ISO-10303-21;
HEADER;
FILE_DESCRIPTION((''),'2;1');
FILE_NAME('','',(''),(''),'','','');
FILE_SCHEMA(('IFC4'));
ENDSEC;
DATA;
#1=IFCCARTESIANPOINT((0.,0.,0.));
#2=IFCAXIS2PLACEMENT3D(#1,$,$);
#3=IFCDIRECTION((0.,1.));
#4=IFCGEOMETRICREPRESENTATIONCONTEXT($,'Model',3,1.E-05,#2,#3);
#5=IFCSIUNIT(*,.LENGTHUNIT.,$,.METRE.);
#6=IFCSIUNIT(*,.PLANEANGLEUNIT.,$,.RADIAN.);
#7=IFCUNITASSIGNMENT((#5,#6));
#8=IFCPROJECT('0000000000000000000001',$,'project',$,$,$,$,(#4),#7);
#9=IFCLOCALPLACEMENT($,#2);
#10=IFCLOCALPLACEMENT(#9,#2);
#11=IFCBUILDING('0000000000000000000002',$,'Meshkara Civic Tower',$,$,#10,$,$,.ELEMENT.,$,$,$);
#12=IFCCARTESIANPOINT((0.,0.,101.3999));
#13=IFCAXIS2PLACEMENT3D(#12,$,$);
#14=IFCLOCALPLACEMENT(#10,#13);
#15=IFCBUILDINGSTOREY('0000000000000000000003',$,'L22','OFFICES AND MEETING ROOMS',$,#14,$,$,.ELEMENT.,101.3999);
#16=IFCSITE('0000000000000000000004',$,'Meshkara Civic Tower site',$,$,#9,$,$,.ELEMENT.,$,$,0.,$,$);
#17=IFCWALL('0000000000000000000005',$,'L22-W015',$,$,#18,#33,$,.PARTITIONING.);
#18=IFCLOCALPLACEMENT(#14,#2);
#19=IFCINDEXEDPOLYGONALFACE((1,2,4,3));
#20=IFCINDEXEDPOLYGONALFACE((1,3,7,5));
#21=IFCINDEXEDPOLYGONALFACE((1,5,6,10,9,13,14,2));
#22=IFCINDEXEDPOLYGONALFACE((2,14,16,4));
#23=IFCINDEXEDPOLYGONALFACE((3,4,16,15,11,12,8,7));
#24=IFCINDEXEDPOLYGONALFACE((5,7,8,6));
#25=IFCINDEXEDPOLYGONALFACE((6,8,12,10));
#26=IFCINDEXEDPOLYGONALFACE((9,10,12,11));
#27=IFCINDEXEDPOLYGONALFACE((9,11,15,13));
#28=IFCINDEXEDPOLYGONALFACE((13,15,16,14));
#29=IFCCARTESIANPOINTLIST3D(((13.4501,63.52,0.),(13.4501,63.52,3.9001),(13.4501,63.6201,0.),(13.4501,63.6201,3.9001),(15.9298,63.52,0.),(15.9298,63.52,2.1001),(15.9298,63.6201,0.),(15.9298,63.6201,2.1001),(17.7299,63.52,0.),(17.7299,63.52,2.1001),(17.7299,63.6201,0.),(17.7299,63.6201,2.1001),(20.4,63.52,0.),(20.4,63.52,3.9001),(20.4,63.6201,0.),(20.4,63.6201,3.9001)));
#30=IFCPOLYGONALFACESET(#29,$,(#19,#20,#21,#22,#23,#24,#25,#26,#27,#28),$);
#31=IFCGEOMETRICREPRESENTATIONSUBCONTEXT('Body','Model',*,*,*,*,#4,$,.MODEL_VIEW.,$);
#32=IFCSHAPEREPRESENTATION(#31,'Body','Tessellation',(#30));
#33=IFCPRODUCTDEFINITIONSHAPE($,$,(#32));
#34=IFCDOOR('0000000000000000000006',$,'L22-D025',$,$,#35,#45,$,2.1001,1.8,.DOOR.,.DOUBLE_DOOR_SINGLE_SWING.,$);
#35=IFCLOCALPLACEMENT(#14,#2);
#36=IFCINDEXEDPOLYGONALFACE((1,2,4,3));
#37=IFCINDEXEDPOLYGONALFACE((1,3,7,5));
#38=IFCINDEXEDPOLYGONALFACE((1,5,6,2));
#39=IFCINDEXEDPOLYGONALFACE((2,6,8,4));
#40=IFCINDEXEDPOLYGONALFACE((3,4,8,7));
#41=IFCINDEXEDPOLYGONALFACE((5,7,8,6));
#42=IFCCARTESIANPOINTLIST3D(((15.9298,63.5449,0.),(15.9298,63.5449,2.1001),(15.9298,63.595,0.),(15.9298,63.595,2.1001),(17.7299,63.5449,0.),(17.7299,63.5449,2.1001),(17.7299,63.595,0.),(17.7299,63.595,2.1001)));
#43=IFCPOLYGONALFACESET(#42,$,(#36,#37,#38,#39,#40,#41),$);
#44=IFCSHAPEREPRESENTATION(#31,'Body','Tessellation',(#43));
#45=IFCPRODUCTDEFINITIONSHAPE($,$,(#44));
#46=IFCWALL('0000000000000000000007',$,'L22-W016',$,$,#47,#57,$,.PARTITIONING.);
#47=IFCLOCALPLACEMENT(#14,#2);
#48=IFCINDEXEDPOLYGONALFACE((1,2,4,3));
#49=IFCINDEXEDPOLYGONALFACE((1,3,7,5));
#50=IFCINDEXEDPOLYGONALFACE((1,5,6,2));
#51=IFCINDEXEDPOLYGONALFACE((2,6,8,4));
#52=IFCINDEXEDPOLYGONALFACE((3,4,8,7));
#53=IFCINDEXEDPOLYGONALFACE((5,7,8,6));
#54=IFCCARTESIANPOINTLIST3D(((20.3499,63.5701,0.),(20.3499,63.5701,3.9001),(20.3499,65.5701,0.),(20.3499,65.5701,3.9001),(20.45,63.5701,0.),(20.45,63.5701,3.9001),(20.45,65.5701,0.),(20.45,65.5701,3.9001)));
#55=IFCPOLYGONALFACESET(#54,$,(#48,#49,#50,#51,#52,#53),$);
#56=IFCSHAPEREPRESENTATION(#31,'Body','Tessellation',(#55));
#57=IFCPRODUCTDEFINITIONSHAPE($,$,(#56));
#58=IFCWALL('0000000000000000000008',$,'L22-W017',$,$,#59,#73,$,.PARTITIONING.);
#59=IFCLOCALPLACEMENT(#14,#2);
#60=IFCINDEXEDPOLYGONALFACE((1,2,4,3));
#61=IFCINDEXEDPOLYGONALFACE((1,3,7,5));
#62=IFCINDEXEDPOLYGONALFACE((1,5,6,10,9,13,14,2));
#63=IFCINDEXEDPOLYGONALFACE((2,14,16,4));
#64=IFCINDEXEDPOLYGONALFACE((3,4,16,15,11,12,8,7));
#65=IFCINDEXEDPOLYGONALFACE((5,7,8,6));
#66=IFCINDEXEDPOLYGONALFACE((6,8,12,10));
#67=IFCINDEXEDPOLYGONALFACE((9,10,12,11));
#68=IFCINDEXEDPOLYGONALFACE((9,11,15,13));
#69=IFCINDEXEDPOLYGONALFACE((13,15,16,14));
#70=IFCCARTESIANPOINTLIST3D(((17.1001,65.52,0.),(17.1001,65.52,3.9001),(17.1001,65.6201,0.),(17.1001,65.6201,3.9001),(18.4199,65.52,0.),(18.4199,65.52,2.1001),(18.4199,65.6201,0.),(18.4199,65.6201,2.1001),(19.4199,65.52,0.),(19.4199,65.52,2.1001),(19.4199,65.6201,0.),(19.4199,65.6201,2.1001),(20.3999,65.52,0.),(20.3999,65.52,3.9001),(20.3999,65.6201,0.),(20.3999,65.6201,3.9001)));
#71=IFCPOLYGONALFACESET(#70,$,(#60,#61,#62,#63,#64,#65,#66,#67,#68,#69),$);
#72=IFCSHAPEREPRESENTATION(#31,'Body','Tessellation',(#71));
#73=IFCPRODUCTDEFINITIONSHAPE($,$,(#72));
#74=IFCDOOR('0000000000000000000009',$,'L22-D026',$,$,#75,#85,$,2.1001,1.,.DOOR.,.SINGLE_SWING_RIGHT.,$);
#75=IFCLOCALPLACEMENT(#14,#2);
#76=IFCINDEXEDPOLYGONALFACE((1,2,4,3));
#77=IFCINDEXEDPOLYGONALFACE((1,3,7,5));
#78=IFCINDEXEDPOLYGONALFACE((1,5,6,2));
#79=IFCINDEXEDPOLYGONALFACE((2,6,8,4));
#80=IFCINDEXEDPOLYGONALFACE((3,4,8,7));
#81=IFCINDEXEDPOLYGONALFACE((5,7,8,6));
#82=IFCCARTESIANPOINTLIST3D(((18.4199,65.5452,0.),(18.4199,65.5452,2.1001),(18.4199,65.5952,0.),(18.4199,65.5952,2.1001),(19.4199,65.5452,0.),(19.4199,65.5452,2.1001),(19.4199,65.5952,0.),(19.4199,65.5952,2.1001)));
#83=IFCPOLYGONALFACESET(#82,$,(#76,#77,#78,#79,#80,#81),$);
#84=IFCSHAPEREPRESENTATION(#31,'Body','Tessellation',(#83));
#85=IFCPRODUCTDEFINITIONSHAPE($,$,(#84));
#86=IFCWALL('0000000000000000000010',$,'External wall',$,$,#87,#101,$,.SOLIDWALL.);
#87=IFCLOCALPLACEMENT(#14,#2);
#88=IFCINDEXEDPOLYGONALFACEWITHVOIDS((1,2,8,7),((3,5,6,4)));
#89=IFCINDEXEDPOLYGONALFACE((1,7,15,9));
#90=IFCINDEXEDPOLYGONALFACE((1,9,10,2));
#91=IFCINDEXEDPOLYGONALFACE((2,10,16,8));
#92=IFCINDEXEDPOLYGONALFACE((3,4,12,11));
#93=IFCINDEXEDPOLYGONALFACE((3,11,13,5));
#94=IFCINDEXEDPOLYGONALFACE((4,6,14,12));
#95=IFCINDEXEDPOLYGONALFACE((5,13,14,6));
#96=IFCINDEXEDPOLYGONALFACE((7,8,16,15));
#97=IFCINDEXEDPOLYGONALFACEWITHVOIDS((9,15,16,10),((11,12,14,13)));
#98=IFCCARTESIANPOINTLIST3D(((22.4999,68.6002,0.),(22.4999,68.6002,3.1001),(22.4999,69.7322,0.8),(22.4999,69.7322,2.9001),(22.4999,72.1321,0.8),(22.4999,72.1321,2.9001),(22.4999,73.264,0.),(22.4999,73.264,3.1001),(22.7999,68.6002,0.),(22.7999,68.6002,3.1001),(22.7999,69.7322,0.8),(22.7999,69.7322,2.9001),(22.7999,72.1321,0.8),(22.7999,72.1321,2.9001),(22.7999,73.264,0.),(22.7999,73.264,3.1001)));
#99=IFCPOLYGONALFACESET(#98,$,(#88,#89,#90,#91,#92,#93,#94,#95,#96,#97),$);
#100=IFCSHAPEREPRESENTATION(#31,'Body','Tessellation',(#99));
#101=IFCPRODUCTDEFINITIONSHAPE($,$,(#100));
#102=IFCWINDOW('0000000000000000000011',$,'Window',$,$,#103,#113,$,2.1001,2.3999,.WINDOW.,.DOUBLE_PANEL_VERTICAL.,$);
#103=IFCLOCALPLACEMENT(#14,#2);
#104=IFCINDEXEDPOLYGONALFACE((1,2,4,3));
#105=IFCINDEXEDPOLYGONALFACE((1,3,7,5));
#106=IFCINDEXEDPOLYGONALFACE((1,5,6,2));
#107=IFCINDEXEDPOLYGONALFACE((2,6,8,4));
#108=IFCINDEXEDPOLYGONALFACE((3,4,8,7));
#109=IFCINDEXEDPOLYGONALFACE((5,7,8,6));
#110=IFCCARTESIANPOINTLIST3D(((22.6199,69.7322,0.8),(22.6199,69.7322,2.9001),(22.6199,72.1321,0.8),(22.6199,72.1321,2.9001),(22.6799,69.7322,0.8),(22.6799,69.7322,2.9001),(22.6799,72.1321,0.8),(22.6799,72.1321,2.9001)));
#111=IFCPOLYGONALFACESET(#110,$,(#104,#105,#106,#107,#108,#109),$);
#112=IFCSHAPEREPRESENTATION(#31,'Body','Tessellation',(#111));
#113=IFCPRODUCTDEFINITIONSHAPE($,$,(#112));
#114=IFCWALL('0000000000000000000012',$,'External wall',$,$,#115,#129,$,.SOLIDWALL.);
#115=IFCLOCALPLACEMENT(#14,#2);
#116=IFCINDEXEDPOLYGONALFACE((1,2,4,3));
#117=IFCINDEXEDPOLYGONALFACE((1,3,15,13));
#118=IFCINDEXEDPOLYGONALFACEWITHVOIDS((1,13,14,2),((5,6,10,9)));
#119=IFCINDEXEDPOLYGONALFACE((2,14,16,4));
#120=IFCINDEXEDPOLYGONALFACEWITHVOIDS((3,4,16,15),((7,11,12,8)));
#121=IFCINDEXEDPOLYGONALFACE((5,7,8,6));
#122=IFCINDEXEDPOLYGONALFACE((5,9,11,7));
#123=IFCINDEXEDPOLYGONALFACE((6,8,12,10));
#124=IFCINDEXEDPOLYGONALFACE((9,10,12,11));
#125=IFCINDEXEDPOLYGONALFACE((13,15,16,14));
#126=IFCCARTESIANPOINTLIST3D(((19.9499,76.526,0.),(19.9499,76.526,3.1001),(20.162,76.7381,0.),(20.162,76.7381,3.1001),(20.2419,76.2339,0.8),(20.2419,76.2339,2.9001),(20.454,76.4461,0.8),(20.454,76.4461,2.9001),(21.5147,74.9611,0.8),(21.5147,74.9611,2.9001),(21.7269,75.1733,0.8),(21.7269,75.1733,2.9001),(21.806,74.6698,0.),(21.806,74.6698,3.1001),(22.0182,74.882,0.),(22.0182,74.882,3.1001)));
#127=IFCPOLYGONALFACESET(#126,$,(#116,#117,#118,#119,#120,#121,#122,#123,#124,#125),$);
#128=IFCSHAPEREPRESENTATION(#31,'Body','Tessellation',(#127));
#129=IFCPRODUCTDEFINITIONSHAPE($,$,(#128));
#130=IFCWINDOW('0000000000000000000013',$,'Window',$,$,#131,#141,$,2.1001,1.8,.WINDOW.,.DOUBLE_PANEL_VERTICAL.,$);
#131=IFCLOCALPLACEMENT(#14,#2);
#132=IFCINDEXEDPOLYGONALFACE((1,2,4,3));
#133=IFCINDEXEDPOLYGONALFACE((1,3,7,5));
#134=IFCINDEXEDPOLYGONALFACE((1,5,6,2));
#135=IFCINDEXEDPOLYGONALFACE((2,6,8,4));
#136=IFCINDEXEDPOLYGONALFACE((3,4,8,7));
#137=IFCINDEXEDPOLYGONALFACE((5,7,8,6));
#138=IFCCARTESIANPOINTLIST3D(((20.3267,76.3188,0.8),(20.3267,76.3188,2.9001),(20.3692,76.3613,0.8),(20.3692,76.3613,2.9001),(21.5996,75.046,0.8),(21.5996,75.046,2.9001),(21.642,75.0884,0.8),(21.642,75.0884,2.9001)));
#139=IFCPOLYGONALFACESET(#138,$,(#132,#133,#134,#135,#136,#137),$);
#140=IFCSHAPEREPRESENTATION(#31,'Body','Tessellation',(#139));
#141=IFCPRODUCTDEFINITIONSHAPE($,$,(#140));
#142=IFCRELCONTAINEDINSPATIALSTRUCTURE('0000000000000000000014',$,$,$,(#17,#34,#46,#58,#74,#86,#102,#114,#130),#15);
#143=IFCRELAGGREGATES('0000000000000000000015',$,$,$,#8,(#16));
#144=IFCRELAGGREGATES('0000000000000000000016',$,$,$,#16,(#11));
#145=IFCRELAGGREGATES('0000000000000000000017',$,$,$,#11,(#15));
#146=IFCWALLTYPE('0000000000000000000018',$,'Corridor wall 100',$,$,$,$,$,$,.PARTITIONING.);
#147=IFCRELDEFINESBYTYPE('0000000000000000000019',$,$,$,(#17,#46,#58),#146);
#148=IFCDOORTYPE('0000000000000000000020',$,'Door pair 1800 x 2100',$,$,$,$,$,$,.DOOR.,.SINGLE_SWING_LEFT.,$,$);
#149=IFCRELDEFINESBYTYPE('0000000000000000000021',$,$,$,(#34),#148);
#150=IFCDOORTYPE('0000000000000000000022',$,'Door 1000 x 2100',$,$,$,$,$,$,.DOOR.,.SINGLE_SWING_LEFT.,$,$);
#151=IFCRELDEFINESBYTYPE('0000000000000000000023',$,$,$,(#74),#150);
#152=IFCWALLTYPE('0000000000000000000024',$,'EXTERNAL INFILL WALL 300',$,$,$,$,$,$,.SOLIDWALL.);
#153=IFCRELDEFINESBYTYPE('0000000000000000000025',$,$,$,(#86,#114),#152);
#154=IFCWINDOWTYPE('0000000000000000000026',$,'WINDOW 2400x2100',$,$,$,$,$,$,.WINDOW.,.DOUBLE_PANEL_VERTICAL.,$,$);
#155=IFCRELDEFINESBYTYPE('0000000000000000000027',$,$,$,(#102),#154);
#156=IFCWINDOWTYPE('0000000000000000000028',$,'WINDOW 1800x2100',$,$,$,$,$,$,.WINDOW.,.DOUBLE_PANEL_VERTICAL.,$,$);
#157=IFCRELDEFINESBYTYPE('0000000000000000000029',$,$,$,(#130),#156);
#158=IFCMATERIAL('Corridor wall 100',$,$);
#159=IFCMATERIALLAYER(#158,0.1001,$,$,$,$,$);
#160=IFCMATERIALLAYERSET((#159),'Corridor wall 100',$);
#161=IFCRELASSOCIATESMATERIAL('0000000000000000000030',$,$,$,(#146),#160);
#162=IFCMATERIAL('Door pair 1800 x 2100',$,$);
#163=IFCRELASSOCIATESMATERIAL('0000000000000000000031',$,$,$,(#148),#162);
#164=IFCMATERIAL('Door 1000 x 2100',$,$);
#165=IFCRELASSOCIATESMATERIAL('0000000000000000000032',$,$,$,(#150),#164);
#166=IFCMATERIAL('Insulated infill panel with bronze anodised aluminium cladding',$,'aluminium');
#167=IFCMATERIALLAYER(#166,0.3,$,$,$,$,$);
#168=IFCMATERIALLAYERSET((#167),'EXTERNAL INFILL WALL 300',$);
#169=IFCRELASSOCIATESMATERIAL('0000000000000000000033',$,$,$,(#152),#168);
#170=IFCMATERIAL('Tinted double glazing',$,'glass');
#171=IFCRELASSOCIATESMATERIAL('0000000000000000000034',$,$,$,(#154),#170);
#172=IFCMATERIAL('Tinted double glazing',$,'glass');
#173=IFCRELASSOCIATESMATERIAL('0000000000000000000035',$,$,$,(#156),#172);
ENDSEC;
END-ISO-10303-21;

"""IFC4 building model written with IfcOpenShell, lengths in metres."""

from ifc_helpers import new_model, si_unit, direction, frame, frame_2d, origin, place, context, subcontext, project, spatial, rectangle, extrude, material, layer, layer_set, type_object, element, fill, save


model = new_model("IFC4")

# Units and contexts
model_context = context("Model", 3, precision=1e-05, world=origin(), true_north=direction((0.0, 1.0)))
body_context = subcontext(model_context, "Body", "Model", "MODEL_VIEW")
ifc_project = project(units=[si_unit("LENGTHUNIT", "METRE"), si_unit("PLANEANGLEUNIT", "RADIAN")], contexts=[model_context])

# Site, building, storey
site_placement = place(None, origin())
site = spatial("IfcSite", under=ifc_project, at=site_placement, Name="Meshkara Civic Tower site", CompositionType="ELEMENT", RefElevation=0.0)
building_placement = place(site_placement, origin())
building = spatial("IfcBuilding", under=site, at=building_placement, Name="Meshkara Civic Tower", CompositionType="ELEMENT")
storey_placement = place(building_placement, frame((0.0, 0.0, 101.3999)))
storey = spatial("IfcBuildingStorey", under=building, at=storey_placement, Name="L22", Description="OFFICES AND MEETING ROOMS", CompositionType="ELEMENT", Elevation=101.3999)

# Shared definitions
ifc_material_1 = material(Name="Corridor wall 100")
ifc_layer_1 = layer(ifc_material_1, 0.1001)
ifc_layer_set_1 = layer_set([ifc_layer_1], Name="Corridor wall 100")
wall_type_1 = type_object("IfcWallType", Name="Corridor wall 100", PredefinedType="PARTITIONING", material=ifc_layer_set_1)
ifc_material_2 = material(Name="Door pair 1800 x 2100")
door_type_1 = type_object("IfcDoorType", Name="Door pair 1800 x 2100", OperationType="SINGLE_SWING_LEFT", PredefinedType="DOOR", material=ifc_material_2)

# Wall, opening, door
wall_1_placement = place(storey_placement, frame((13.45, 63.5701, 0.0), z_axis=(0.0, 0.0, 1.0), x_axis=(1.0, 0.0, 0.0)))
wall_1 = element("IfcWall", 1, at=wall_1_placement, inside=storey, type_object=wall_type_1, Name="L22-W015", PredefinedType="PARTITIONING", context=body_context, shape_type="SweptSolid", body=[
    extrude(rectangle(XDim=6.95, YDim=0.1001, at=frame_2d((3.4751, 0.0))), origin(), (0.0, 0.0, 1.0), 3.9001),
])
opening_1_placement = place(wall_1_placement, frame((2.48, 0.0, 0.0)))
opening_1 = element("IfcOpeningElement", 2, at=opening_1_placement, cuts=wall_1, PredefinedType="OPENING", context=body_context, shape_type="SweptSolid", body=[
    extrude(rectangle(XDim=1.8, YDim=2.1001, at=frame_2d((0.8999, 1.05))), frame((0.0, 0.0601, 0.0), z_axis=(0.0, -1.0, 0.0), x_axis=(1.0, 0.0, 0.0)), (0.0, 0.0, 1.0), 0.1201),
])
door_1_placement = place(opening_1_placement, origin())
door_1 = element("IfcDoor", 3, at=door_1_placement, inside=storey, type_object=door_type_1, Name="L22-D025", OperationType="DOUBLE_DOOR_SINGLE_SWING", OverallHeight=2.1001, OverallWidth=1.8, PredefinedType="DOOR", context=body_context, shape_type="SweptSolid", body=[
    extrude(rectangle(XDim=1.8, YDim=2.1001, at=frame_2d((0.8999, 1.05))), frame((0.0, 0.0249, 0.0), z_axis=(0.0, -1.0, 0.0), x_axis=(1.0, 0.0, 0.0)), (0.0, 0.0, 1.0), 0.05),
])
fill(opening_1, door_1)

# Wall
wall_2_placement = place(storey_placement, frame((20.3999, 63.5701, 0.0), z_axis=(0.0, 0.0, 1.0), x_axis=(0.0, 1.0, 0.0)))
element("IfcWall", 4, at=wall_2_placement, inside=storey, type_object=wall_type_1, Name="L22-W016", PredefinedType="PARTITIONING", context=body_context, shape_type="SweptSolid", body=[
    extrude(rectangle(XDim=2.0, YDim=0.1001, at=frame_2d((1.0, 0.0))), origin(), (0.0, 0.0, 1.0), 3.9001),
])

# Wall, opening, door
wall_3_placement = place(storey_placement, frame((20.3999, 65.5701, 0.0), z_axis=(0.0, 0.0, 1.0), x_axis=(-1.0, 0.0, 0.0)))
wall_3 = element("IfcWall", 5, at=wall_3_placement, inside=storey, type_object=wall_type_1, Name="L22-W017", PredefinedType="PARTITIONING", context=body_context, shape_type="SweptSolid", body=[
    extrude(rectangle(XDim=3.2998, YDim=0.1001, at=frame_2d((1.6499, 0.0))), origin(), (0.0, 0.0, 1.0), 3.9001),
])
opening_2_placement = place(wall_3_placement, frame((0.98, 0.0, 0.0)))
opening_2 = element("IfcOpeningElement", 6, at=opening_2_placement, cuts=wall_3, PredefinedType="OPENING", context=body_context, shape_type="SweptSolid", body=[
    extrude(rectangle(XDim=1.0, YDim=2.1001, at=frame_2d((0.5, 1.05))), frame((0.0, 0.0601, 0.0), z_axis=(0.0, -1.0, 0.0), x_axis=(1.0, 0.0, 0.0)), (0.0, 0.0, 1.0), 0.1201),
])
ifc_material_3 = material(Name="Door 1000 x 2100")
door_type_2 = type_object("IfcDoorType", Name="Door 1000 x 2100", OperationType="SINGLE_SWING_LEFT", PredefinedType="DOOR", material=ifc_material_3)
door_2_placement = place(opening_2_placement, origin())
door_2 = element("IfcDoor", 7, at=door_2_placement, inside=storey, type_object=door_type_2, Name="L22-D026", OperationType="SINGLE_SWING_RIGHT", OverallHeight=2.1001, OverallWidth=1.0, PredefinedType="DOOR", context=body_context, shape_type="SweptSolid", body=[
    extrude(rectangle(XDim=1.0, YDim=2.1001, at=frame_2d((0.5, 1.05))), frame((0.0, 0.0249, 0.0), z_axis=(0.0, -1.0, 0.0), x_axis=(1.0, 0.0, 0.0)), (0.0, 0.0, 1.0), 0.05),
])
fill(opening_2, door_2)

# Walls, openings, windows
ifc_material_4 = material(Name="Insulated infill panel with bronze anodised aluminium cladding", Category="aluminium")
ifc_layer_2 = layer(ifc_material_4, 0.3)
ifc_layer_set_2 = layer_set([ifc_layer_2], Name="EXTERNAL INFILL WALL 300")
wall_type_2 = type_object("IfcWallType", Name="EXTERNAL INFILL WALL 300", PredefinedType="SOLIDWALL", material=ifc_layer_set_2)
wall_4_placement = place(storey_placement, frame((22.6499, 68.6001, 0.0), z_axis=(0.0, 0.0, 1.0), x_axis=(0.0, 1.0, 0.0)))
wall_4 = element("IfcWall", 8, at=wall_4_placement, inside=storey, type_object=wall_type_2, Name="External wall", PredefinedType="SOLIDWALL", context=body_context, shape_type="SweptSolid", body=[
    extrude(rectangle(XDim=4.6638, YDim=0.3, at=frame_2d((2.332, 0.0))), origin(), (0.0, 0.0, 1.0), 3.1001),
])
opening_3_placement = place(wall_4_placement, frame((1.1321, 0.0, 0.8)))
opening_3 = element("IfcOpeningElement", 9, at=opening_3_placement, cuts=wall_4, PredefinedType="OPENING", context=body_context, shape_type="SweptSolid", body=[
    extrude(rectangle(XDim=2.3999, YDim=2.1001, at=frame_2d((1.2, 1.05))), frame((0.0, 0.1599, 0.0), z_axis=(0.0, -1.0, 0.0), x_axis=(1.0, 0.0, 0.0)), (0.0, 0.0, 1.0), 0.3201),
])
ifc_material_5 = material(Name="Tinted double glazing", Category="glass")
window_type_1 = type_object("IfcWindowType", Name="WINDOW 2400x2100", PartitioningType="DOUBLE_PANEL_VERTICAL", PredefinedType="WINDOW", material=ifc_material_5)
window_1_placement = place(opening_3_placement, origin())
window_1 = element("IfcWindow", 10, at=window_1_placement, inside=storey, type_object=window_type_1, Name="Window", OverallHeight=2.1001, OverallWidth=2.3999, PartitioningType="DOUBLE_PANEL_VERTICAL", PredefinedType="WINDOW", context=body_context, shape_type="SweptSolid", body=[
    extrude(rectangle(XDim=2.3999, YDim=2.1001, at=frame_2d((1.2, 1.05))), frame((0.0, 0.03, 0.0), z_axis=(0.0, -1.0, 0.0), x_axis=(1.0, 0.0, 0.0)), (0.0, 0.0, 1.0), 0.0601),
])
fill(opening_3, window_1)
wall_5_placement = place(storey_placement, frame((21.9121, 74.7759, 0.0), z_axis=(0.0, 0.0, 1.0), x_axis=(-0.707107, 0.707107, 0.0)))
wall_5 = element("IfcWall", 11, at=wall_5_placement, inside=storey, type_object=wall_type_2, Name="External wall", PredefinedType="SOLIDWALL", context=body_context, shape_type="SweptSolid", body=[
    extrude(rectangle(XDim=2.625, YDim=0.3, at=frame_2d((1.3125, 0.0))), origin(), (0.0, 0.0, 1.0), 3.1001),
])
opening_4_placement = place(wall_5_placement, frame((0.4121, 0.0, 0.8)))
opening_4 = element("IfcOpeningElement", 12, at=opening_4_placement, cuts=wall_5, PredefinedType="OPENING", context=body_context, shape_type="SweptSolid", body=[
    extrude(rectangle(XDim=1.8, YDim=2.1001, at=frame_2d((0.8999, 1.05))), frame((0.0, 0.1599, 0.0), z_axis=(0.0, -1.0, 0.0), x_axis=(1.0, 0.0, 0.0)), (0.0, 0.0, 1.0), 0.3201),
])
ifc_material_6 = material(Name="Tinted double glazing", Category="glass")
window_type_2 = type_object("IfcWindowType", Name="WINDOW 1800x2100", PartitioningType="DOUBLE_PANEL_VERTICAL", PredefinedType="WINDOW", material=ifc_material_6)
window_2_placement = place(opening_4_placement, origin())
window_2 = element("IfcWindow", 13, at=window_2_placement, inside=storey, type_object=window_type_2, Name="Window", OverallHeight=2.1001, OverallWidth=1.8, PartitioningType="DOUBLE_PANEL_VERTICAL", PredefinedType="WINDOW", context=body_context, shape_type="SweptSolid", body=[
    extrude(rectangle(XDim=1.8, YDim=2.1001, at=frame_2d((0.8999, 1.05))), frame((0.0, 0.03, 0.0), z_axis=(0.0, -1.0, 0.0), x_axis=(1.0, 0.0, 0.0)), (0.0, 0.0, 1.0), 0.0601),
])
fill(opening_4, window_2)

save(model, "model.ifc")
